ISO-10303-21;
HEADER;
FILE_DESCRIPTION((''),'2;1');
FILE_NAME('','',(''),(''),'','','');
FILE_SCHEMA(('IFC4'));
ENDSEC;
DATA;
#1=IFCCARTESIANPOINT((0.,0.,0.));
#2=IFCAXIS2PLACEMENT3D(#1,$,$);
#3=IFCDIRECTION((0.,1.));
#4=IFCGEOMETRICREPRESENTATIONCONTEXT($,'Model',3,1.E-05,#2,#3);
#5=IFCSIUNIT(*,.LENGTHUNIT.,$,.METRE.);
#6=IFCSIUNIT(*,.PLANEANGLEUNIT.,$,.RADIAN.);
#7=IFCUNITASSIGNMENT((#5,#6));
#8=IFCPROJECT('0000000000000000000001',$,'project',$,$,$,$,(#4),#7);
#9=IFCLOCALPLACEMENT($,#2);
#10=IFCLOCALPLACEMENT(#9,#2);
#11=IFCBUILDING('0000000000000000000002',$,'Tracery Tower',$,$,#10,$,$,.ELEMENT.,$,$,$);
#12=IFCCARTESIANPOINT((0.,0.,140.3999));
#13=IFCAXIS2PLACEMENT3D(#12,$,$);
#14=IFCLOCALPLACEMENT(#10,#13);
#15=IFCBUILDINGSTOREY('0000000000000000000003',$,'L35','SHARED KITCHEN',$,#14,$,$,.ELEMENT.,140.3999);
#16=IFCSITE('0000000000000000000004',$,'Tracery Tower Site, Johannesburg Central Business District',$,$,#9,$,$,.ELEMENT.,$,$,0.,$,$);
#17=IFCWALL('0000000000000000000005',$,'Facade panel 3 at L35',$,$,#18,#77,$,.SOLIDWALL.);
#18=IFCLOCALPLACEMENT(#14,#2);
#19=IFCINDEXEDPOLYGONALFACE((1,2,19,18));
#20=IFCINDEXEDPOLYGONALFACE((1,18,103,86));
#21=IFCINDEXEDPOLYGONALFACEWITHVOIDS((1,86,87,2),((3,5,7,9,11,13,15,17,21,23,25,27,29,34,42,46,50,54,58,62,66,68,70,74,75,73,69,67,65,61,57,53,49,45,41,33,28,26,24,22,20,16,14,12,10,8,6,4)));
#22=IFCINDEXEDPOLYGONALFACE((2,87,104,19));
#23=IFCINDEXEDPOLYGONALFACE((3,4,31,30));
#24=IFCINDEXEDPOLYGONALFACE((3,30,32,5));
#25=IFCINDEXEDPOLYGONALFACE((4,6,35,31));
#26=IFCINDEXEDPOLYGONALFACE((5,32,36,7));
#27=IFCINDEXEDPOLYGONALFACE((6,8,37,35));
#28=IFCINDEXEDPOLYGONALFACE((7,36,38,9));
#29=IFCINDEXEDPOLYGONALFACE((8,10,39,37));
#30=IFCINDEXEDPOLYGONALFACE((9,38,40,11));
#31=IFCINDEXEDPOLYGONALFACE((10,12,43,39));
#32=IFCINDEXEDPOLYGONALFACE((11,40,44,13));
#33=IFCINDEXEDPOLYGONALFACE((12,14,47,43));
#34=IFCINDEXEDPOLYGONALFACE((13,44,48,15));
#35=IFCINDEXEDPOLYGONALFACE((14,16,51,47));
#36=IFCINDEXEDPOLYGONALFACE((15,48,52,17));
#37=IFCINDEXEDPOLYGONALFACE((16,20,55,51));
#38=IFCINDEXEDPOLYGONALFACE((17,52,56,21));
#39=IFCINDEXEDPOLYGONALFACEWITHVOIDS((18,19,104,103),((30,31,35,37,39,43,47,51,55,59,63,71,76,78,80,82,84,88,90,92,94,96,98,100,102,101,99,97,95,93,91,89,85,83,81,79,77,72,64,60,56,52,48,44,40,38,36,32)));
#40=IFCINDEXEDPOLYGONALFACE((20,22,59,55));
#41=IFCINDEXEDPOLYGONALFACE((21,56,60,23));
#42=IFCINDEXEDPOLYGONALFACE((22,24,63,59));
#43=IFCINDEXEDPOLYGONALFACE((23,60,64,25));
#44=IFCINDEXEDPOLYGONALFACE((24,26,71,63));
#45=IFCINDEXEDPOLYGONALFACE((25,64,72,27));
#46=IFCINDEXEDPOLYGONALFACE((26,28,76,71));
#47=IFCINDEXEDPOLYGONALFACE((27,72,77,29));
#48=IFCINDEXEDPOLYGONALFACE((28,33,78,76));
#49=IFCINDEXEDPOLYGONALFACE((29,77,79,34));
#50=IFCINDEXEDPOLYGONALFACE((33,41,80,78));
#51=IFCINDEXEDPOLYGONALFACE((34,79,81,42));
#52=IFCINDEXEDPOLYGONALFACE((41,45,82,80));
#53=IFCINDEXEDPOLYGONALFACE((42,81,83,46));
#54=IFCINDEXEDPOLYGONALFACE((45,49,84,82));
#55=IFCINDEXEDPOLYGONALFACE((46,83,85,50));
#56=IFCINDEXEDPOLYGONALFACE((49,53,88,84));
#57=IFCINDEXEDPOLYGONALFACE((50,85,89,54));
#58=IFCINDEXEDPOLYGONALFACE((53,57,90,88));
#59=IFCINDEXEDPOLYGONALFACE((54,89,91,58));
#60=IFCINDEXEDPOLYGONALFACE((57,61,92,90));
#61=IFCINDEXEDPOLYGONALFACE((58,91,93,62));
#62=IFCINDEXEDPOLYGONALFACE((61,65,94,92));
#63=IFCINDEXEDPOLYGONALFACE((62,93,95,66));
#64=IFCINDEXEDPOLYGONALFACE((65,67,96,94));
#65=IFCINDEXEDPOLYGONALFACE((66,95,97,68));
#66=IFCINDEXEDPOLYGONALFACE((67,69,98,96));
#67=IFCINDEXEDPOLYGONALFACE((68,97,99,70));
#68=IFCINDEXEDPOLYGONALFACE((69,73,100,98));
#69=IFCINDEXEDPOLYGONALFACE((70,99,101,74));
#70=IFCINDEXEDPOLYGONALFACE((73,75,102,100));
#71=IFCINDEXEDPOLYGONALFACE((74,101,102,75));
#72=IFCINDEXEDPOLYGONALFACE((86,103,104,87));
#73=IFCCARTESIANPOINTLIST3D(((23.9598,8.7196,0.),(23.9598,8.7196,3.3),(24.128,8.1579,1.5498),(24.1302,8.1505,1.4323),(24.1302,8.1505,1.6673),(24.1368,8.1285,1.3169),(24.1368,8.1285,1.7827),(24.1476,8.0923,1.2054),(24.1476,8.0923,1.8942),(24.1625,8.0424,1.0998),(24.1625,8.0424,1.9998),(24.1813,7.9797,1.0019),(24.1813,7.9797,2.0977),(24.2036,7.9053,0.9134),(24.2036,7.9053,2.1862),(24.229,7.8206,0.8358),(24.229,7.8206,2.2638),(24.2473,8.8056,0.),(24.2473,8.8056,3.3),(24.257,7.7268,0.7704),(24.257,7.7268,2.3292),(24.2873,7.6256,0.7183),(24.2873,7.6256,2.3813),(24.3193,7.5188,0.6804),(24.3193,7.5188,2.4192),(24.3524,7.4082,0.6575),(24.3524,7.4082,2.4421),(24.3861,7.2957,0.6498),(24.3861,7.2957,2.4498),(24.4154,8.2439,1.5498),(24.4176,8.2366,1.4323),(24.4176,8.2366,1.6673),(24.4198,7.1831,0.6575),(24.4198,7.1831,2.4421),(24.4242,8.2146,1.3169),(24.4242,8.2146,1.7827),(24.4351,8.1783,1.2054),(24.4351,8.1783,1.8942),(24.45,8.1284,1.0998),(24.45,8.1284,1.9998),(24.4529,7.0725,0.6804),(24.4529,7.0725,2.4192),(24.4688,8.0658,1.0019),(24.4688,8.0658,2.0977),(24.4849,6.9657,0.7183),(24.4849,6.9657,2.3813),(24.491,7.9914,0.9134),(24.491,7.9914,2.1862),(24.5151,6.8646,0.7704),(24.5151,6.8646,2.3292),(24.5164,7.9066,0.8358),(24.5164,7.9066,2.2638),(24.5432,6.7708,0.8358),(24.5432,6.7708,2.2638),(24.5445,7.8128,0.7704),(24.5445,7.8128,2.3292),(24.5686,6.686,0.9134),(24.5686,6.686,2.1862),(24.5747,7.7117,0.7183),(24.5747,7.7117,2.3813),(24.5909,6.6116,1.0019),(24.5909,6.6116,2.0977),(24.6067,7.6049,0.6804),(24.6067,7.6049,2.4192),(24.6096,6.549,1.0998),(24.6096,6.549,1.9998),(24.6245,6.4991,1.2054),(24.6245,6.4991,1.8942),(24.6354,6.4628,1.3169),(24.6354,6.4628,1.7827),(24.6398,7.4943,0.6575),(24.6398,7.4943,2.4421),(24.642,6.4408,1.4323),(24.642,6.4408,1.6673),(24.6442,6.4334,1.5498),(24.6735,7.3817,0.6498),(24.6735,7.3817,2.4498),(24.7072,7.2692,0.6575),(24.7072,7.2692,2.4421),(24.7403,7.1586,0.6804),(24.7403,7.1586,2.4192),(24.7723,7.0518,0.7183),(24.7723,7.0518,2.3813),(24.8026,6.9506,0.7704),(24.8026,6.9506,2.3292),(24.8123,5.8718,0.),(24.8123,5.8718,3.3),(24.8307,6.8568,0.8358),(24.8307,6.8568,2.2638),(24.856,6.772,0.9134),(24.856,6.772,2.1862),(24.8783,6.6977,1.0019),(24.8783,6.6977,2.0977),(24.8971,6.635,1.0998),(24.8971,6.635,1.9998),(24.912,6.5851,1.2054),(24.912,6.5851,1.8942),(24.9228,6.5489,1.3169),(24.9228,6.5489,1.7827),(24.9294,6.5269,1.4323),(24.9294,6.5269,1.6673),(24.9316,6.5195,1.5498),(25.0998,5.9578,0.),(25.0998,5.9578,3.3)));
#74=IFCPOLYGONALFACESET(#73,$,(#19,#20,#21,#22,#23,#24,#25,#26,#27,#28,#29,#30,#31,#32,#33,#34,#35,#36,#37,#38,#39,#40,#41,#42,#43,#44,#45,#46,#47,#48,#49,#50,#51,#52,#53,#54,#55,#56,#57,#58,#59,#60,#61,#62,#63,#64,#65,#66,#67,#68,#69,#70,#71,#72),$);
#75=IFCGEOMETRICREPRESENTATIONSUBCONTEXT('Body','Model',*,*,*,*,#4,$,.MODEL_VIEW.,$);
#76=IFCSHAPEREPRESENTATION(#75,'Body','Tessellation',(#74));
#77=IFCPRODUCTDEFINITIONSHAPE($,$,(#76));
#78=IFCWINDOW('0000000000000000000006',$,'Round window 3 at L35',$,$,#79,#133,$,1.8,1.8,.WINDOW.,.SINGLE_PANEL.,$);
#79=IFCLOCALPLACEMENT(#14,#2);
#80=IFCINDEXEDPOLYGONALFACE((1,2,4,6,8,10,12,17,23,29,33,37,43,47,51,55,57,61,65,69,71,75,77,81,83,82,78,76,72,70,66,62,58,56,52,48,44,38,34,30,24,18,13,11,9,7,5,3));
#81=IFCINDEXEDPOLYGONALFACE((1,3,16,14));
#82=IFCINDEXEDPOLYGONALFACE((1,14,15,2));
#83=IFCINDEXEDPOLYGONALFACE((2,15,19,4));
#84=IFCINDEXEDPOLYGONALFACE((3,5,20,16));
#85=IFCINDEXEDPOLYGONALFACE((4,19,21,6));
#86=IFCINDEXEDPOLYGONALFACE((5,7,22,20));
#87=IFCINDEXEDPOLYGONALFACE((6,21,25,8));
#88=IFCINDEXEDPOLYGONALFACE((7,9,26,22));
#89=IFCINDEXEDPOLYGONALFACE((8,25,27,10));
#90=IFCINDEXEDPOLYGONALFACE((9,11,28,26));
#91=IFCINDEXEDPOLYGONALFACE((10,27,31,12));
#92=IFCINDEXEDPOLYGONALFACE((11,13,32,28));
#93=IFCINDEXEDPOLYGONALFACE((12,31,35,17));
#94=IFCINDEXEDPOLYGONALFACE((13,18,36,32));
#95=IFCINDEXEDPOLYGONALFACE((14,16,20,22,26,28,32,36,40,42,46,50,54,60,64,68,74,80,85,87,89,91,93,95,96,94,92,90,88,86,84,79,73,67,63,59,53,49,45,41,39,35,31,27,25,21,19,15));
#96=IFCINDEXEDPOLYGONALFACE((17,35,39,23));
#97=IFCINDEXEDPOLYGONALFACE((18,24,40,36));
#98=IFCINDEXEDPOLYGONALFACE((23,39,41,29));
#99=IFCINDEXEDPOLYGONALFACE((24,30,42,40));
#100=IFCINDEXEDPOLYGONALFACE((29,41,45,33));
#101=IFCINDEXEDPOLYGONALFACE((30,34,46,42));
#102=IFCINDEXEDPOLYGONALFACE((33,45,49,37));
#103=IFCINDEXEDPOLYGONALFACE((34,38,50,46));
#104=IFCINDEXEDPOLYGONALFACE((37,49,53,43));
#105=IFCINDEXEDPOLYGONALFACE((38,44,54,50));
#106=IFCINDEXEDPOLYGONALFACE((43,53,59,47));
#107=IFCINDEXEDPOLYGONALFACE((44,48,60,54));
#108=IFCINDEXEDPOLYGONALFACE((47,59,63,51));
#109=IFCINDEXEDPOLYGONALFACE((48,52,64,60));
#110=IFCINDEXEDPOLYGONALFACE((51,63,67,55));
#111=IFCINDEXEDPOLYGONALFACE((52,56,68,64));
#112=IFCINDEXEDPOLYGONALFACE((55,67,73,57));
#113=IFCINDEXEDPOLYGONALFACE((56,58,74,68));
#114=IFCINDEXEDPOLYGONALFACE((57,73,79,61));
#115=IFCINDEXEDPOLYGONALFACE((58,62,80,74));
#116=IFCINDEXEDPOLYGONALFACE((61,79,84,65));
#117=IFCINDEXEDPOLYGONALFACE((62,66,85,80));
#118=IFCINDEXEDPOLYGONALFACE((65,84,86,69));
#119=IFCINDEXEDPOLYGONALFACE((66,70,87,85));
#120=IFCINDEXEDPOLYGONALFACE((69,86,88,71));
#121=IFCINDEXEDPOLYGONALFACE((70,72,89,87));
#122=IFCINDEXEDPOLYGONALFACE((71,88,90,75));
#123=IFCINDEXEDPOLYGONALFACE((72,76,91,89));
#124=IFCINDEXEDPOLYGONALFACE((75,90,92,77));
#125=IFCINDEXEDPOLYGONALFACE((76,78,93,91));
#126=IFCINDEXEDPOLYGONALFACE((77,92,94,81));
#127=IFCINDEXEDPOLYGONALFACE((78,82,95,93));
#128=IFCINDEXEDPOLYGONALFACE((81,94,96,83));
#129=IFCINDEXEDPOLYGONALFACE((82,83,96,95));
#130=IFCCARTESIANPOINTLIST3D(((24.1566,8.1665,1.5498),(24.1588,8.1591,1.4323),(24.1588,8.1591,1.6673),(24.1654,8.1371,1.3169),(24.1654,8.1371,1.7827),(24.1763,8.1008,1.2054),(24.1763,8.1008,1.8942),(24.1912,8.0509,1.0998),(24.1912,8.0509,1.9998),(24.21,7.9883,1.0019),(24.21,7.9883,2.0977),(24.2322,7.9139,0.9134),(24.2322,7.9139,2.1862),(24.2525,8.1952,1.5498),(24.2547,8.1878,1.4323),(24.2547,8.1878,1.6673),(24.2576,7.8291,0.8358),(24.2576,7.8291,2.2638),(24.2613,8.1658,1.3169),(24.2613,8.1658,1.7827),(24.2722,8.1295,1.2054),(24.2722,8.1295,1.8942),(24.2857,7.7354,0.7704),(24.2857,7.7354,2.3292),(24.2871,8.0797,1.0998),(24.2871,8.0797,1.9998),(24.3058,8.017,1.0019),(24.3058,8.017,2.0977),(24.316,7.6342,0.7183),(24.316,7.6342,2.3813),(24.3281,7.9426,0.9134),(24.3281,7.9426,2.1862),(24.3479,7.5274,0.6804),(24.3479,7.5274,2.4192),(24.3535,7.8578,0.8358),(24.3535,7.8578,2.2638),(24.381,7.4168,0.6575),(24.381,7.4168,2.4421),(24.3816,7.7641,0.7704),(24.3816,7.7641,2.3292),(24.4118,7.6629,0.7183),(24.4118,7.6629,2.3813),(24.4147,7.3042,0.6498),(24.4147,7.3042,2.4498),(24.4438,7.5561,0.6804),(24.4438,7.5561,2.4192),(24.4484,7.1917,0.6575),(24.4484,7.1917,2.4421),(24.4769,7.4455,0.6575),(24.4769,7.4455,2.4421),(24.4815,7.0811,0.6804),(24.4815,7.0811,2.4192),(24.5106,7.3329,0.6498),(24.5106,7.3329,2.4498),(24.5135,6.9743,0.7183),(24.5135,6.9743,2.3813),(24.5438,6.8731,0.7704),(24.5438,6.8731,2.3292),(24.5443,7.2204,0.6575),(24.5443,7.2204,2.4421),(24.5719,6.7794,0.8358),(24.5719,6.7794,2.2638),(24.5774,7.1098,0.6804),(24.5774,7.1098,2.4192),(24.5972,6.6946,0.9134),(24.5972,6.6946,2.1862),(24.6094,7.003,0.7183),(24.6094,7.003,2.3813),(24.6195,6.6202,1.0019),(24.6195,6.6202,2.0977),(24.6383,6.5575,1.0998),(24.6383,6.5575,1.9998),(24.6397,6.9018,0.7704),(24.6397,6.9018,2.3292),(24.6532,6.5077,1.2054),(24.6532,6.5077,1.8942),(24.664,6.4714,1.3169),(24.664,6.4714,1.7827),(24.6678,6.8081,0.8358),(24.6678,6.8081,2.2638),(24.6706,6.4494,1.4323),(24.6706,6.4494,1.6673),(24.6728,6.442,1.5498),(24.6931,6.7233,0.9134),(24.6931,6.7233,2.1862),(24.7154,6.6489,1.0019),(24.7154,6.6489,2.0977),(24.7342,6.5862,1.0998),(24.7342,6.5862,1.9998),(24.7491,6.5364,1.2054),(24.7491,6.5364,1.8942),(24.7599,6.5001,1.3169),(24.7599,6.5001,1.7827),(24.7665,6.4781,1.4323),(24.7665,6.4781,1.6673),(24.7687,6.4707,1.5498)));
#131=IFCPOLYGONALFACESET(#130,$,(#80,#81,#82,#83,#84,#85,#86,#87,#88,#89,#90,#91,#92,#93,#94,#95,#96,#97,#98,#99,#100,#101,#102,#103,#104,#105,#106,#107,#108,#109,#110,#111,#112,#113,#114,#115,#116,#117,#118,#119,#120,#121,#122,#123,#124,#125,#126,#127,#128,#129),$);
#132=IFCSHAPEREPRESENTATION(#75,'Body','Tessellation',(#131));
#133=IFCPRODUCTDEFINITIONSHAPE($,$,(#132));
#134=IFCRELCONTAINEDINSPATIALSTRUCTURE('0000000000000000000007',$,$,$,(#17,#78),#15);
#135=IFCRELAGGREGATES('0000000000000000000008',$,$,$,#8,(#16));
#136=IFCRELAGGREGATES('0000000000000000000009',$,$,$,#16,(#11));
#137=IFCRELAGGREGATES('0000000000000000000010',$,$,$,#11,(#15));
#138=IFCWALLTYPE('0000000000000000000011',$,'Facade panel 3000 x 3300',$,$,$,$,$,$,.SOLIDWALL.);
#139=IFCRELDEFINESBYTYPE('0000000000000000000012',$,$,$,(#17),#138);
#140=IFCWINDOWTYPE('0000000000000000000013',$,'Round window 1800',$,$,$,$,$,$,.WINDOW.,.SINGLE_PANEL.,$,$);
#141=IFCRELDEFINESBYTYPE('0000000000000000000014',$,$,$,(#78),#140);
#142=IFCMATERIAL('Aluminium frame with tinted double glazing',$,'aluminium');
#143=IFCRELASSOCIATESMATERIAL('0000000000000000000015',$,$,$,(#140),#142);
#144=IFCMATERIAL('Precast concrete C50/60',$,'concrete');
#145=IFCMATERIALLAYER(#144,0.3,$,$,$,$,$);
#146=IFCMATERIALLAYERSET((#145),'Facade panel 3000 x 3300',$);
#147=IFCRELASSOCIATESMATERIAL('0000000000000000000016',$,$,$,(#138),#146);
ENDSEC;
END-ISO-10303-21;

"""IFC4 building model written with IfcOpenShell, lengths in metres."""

from ifc_helpers import new_model, si_unit, direction, frame, frame_2d, origin, origin_2d, place, context, subcontext, project, spatial, rectangle, circle, extrude, material, layer, layer_set, type_object, element, fill, save


model = new_model("IFC4")

# Units and contexts
model_context = context("Model", 3, precision=1e-05, world=origin(), true_north=direction((0.0, 1.0)))
body_context = subcontext(model_context, "Body", "Model", "MODEL_VIEW")
ifc_project = project(units=[si_unit("LENGTHUNIT", "METRE"), si_unit("PLANEANGLEUNIT", "RADIAN")], contexts=[model_context])

# Site, building, storey
site_placement = place(None, origin())
site = spatial("IfcSite", under=ifc_project, at=site_placement, Name="Tracery Tower Site, Johannesburg Central Business District", CompositionType="ELEMENT", RefElevation=0.0)
building_placement = place(site_placement, origin())
building = spatial("IfcBuilding", under=site, at=building_placement, Name="Tracery Tower", CompositionType="ELEMENT")
storey_placement = place(building_placement, frame((0.0, 0.0, 140.3999)))
storey = spatial("IfcBuildingStorey", under=building, at=storey_placement, Name="L35", Description="SHARED KITCHEN", CompositionType="ELEMENT", Elevation=140.3999)

# Wall, opening, window
ifc_material_1 = material(Name="Aluminium frame with tinted double glazing", Category="aluminium")
window_type = type_object("IfcWindowType", Name="Round window 1800", PartitioningType="SINGLE_PANEL", PredefinedType="WINDOW", material=ifc_material_1)
ifc_material_2 = material(Name="Precast concrete C50/60", Category="concrete")
ifc_layer_1 = layer(ifc_material_2, 0.3)
ifc_layer_set_1 = layer_set([ifc_layer_1], Name="Facade panel 3000 x 3300")
wall_type_1 = type_object("IfcWallType", Name="Facade panel 3000 x 3300", PredefinedType="SOLIDWALL", material=ifc_layer_set_1)
wall_1_placement = place(storey_placement, frame((24.9561, 5.9148, 0.0), z_axis=(0.0, 0.0, 1.0), x_axis=(-0.286783, 0.957996, 0.0)))
wall_1 = element("IfcWall", 1, at=wall_1_placement, inside=storey, type_object=wall_type_1, Name="Facade panel 3 at L35", PredefinedType="SOLIDWALL", context=body_context, shape_type="SweptSolid", body=[
    extrude(rectangle(XDim=2.9727, YDim=0.3, at=frame_2d((1.4863, 0.0))), origin(), (0.0, 0.0, 1.0), 3.3),
])
opening_1_placement = place(wall_1_placement, frame((1.4863, 0.0, 1.5498)))
opening_1 = element("IfcOpeningElement", 2, at=opening_1_placement, cuts=wall_1, PredefinedType="OPENING", context=body_context, shape_type="SweptSolid", body=[
    extrude(circle(Radius=0.9, at=origin_2d()), frame((0.0, 0.1599, 0.0), z_axis=(0.0, -1.0, 0.0), x_axis=(1.0, 0.0, 0.0)), (0.0, 0.0, 1.0), 0.3201),
])
window_1_placement = place(opening_1_placement, origin())
window_1 = element("IfcWindow", 3, at=window_1_placement, inside=storey, type_object=window_type, Name="Round window 3 at L35", OverallHeight=1.8, OverallWidth=1.8, PartitioningType="SINGLE_PANEL", PredefinedType="WINDOW", context=body_context, shape_type="SweptSolid", body=[
    extrude(circle(Radius=0.9, at=origin_2d()), frame((0.0, 0.1201, 0.0), z_axis=(0.0, -1.0, 0.0), x_axis=(1.0, 0.0, 0.0)), (0.0, 0.0, 1.0), 0.1001),
])
fill(opening_1, window_1)

save(model, "model.ifc")
